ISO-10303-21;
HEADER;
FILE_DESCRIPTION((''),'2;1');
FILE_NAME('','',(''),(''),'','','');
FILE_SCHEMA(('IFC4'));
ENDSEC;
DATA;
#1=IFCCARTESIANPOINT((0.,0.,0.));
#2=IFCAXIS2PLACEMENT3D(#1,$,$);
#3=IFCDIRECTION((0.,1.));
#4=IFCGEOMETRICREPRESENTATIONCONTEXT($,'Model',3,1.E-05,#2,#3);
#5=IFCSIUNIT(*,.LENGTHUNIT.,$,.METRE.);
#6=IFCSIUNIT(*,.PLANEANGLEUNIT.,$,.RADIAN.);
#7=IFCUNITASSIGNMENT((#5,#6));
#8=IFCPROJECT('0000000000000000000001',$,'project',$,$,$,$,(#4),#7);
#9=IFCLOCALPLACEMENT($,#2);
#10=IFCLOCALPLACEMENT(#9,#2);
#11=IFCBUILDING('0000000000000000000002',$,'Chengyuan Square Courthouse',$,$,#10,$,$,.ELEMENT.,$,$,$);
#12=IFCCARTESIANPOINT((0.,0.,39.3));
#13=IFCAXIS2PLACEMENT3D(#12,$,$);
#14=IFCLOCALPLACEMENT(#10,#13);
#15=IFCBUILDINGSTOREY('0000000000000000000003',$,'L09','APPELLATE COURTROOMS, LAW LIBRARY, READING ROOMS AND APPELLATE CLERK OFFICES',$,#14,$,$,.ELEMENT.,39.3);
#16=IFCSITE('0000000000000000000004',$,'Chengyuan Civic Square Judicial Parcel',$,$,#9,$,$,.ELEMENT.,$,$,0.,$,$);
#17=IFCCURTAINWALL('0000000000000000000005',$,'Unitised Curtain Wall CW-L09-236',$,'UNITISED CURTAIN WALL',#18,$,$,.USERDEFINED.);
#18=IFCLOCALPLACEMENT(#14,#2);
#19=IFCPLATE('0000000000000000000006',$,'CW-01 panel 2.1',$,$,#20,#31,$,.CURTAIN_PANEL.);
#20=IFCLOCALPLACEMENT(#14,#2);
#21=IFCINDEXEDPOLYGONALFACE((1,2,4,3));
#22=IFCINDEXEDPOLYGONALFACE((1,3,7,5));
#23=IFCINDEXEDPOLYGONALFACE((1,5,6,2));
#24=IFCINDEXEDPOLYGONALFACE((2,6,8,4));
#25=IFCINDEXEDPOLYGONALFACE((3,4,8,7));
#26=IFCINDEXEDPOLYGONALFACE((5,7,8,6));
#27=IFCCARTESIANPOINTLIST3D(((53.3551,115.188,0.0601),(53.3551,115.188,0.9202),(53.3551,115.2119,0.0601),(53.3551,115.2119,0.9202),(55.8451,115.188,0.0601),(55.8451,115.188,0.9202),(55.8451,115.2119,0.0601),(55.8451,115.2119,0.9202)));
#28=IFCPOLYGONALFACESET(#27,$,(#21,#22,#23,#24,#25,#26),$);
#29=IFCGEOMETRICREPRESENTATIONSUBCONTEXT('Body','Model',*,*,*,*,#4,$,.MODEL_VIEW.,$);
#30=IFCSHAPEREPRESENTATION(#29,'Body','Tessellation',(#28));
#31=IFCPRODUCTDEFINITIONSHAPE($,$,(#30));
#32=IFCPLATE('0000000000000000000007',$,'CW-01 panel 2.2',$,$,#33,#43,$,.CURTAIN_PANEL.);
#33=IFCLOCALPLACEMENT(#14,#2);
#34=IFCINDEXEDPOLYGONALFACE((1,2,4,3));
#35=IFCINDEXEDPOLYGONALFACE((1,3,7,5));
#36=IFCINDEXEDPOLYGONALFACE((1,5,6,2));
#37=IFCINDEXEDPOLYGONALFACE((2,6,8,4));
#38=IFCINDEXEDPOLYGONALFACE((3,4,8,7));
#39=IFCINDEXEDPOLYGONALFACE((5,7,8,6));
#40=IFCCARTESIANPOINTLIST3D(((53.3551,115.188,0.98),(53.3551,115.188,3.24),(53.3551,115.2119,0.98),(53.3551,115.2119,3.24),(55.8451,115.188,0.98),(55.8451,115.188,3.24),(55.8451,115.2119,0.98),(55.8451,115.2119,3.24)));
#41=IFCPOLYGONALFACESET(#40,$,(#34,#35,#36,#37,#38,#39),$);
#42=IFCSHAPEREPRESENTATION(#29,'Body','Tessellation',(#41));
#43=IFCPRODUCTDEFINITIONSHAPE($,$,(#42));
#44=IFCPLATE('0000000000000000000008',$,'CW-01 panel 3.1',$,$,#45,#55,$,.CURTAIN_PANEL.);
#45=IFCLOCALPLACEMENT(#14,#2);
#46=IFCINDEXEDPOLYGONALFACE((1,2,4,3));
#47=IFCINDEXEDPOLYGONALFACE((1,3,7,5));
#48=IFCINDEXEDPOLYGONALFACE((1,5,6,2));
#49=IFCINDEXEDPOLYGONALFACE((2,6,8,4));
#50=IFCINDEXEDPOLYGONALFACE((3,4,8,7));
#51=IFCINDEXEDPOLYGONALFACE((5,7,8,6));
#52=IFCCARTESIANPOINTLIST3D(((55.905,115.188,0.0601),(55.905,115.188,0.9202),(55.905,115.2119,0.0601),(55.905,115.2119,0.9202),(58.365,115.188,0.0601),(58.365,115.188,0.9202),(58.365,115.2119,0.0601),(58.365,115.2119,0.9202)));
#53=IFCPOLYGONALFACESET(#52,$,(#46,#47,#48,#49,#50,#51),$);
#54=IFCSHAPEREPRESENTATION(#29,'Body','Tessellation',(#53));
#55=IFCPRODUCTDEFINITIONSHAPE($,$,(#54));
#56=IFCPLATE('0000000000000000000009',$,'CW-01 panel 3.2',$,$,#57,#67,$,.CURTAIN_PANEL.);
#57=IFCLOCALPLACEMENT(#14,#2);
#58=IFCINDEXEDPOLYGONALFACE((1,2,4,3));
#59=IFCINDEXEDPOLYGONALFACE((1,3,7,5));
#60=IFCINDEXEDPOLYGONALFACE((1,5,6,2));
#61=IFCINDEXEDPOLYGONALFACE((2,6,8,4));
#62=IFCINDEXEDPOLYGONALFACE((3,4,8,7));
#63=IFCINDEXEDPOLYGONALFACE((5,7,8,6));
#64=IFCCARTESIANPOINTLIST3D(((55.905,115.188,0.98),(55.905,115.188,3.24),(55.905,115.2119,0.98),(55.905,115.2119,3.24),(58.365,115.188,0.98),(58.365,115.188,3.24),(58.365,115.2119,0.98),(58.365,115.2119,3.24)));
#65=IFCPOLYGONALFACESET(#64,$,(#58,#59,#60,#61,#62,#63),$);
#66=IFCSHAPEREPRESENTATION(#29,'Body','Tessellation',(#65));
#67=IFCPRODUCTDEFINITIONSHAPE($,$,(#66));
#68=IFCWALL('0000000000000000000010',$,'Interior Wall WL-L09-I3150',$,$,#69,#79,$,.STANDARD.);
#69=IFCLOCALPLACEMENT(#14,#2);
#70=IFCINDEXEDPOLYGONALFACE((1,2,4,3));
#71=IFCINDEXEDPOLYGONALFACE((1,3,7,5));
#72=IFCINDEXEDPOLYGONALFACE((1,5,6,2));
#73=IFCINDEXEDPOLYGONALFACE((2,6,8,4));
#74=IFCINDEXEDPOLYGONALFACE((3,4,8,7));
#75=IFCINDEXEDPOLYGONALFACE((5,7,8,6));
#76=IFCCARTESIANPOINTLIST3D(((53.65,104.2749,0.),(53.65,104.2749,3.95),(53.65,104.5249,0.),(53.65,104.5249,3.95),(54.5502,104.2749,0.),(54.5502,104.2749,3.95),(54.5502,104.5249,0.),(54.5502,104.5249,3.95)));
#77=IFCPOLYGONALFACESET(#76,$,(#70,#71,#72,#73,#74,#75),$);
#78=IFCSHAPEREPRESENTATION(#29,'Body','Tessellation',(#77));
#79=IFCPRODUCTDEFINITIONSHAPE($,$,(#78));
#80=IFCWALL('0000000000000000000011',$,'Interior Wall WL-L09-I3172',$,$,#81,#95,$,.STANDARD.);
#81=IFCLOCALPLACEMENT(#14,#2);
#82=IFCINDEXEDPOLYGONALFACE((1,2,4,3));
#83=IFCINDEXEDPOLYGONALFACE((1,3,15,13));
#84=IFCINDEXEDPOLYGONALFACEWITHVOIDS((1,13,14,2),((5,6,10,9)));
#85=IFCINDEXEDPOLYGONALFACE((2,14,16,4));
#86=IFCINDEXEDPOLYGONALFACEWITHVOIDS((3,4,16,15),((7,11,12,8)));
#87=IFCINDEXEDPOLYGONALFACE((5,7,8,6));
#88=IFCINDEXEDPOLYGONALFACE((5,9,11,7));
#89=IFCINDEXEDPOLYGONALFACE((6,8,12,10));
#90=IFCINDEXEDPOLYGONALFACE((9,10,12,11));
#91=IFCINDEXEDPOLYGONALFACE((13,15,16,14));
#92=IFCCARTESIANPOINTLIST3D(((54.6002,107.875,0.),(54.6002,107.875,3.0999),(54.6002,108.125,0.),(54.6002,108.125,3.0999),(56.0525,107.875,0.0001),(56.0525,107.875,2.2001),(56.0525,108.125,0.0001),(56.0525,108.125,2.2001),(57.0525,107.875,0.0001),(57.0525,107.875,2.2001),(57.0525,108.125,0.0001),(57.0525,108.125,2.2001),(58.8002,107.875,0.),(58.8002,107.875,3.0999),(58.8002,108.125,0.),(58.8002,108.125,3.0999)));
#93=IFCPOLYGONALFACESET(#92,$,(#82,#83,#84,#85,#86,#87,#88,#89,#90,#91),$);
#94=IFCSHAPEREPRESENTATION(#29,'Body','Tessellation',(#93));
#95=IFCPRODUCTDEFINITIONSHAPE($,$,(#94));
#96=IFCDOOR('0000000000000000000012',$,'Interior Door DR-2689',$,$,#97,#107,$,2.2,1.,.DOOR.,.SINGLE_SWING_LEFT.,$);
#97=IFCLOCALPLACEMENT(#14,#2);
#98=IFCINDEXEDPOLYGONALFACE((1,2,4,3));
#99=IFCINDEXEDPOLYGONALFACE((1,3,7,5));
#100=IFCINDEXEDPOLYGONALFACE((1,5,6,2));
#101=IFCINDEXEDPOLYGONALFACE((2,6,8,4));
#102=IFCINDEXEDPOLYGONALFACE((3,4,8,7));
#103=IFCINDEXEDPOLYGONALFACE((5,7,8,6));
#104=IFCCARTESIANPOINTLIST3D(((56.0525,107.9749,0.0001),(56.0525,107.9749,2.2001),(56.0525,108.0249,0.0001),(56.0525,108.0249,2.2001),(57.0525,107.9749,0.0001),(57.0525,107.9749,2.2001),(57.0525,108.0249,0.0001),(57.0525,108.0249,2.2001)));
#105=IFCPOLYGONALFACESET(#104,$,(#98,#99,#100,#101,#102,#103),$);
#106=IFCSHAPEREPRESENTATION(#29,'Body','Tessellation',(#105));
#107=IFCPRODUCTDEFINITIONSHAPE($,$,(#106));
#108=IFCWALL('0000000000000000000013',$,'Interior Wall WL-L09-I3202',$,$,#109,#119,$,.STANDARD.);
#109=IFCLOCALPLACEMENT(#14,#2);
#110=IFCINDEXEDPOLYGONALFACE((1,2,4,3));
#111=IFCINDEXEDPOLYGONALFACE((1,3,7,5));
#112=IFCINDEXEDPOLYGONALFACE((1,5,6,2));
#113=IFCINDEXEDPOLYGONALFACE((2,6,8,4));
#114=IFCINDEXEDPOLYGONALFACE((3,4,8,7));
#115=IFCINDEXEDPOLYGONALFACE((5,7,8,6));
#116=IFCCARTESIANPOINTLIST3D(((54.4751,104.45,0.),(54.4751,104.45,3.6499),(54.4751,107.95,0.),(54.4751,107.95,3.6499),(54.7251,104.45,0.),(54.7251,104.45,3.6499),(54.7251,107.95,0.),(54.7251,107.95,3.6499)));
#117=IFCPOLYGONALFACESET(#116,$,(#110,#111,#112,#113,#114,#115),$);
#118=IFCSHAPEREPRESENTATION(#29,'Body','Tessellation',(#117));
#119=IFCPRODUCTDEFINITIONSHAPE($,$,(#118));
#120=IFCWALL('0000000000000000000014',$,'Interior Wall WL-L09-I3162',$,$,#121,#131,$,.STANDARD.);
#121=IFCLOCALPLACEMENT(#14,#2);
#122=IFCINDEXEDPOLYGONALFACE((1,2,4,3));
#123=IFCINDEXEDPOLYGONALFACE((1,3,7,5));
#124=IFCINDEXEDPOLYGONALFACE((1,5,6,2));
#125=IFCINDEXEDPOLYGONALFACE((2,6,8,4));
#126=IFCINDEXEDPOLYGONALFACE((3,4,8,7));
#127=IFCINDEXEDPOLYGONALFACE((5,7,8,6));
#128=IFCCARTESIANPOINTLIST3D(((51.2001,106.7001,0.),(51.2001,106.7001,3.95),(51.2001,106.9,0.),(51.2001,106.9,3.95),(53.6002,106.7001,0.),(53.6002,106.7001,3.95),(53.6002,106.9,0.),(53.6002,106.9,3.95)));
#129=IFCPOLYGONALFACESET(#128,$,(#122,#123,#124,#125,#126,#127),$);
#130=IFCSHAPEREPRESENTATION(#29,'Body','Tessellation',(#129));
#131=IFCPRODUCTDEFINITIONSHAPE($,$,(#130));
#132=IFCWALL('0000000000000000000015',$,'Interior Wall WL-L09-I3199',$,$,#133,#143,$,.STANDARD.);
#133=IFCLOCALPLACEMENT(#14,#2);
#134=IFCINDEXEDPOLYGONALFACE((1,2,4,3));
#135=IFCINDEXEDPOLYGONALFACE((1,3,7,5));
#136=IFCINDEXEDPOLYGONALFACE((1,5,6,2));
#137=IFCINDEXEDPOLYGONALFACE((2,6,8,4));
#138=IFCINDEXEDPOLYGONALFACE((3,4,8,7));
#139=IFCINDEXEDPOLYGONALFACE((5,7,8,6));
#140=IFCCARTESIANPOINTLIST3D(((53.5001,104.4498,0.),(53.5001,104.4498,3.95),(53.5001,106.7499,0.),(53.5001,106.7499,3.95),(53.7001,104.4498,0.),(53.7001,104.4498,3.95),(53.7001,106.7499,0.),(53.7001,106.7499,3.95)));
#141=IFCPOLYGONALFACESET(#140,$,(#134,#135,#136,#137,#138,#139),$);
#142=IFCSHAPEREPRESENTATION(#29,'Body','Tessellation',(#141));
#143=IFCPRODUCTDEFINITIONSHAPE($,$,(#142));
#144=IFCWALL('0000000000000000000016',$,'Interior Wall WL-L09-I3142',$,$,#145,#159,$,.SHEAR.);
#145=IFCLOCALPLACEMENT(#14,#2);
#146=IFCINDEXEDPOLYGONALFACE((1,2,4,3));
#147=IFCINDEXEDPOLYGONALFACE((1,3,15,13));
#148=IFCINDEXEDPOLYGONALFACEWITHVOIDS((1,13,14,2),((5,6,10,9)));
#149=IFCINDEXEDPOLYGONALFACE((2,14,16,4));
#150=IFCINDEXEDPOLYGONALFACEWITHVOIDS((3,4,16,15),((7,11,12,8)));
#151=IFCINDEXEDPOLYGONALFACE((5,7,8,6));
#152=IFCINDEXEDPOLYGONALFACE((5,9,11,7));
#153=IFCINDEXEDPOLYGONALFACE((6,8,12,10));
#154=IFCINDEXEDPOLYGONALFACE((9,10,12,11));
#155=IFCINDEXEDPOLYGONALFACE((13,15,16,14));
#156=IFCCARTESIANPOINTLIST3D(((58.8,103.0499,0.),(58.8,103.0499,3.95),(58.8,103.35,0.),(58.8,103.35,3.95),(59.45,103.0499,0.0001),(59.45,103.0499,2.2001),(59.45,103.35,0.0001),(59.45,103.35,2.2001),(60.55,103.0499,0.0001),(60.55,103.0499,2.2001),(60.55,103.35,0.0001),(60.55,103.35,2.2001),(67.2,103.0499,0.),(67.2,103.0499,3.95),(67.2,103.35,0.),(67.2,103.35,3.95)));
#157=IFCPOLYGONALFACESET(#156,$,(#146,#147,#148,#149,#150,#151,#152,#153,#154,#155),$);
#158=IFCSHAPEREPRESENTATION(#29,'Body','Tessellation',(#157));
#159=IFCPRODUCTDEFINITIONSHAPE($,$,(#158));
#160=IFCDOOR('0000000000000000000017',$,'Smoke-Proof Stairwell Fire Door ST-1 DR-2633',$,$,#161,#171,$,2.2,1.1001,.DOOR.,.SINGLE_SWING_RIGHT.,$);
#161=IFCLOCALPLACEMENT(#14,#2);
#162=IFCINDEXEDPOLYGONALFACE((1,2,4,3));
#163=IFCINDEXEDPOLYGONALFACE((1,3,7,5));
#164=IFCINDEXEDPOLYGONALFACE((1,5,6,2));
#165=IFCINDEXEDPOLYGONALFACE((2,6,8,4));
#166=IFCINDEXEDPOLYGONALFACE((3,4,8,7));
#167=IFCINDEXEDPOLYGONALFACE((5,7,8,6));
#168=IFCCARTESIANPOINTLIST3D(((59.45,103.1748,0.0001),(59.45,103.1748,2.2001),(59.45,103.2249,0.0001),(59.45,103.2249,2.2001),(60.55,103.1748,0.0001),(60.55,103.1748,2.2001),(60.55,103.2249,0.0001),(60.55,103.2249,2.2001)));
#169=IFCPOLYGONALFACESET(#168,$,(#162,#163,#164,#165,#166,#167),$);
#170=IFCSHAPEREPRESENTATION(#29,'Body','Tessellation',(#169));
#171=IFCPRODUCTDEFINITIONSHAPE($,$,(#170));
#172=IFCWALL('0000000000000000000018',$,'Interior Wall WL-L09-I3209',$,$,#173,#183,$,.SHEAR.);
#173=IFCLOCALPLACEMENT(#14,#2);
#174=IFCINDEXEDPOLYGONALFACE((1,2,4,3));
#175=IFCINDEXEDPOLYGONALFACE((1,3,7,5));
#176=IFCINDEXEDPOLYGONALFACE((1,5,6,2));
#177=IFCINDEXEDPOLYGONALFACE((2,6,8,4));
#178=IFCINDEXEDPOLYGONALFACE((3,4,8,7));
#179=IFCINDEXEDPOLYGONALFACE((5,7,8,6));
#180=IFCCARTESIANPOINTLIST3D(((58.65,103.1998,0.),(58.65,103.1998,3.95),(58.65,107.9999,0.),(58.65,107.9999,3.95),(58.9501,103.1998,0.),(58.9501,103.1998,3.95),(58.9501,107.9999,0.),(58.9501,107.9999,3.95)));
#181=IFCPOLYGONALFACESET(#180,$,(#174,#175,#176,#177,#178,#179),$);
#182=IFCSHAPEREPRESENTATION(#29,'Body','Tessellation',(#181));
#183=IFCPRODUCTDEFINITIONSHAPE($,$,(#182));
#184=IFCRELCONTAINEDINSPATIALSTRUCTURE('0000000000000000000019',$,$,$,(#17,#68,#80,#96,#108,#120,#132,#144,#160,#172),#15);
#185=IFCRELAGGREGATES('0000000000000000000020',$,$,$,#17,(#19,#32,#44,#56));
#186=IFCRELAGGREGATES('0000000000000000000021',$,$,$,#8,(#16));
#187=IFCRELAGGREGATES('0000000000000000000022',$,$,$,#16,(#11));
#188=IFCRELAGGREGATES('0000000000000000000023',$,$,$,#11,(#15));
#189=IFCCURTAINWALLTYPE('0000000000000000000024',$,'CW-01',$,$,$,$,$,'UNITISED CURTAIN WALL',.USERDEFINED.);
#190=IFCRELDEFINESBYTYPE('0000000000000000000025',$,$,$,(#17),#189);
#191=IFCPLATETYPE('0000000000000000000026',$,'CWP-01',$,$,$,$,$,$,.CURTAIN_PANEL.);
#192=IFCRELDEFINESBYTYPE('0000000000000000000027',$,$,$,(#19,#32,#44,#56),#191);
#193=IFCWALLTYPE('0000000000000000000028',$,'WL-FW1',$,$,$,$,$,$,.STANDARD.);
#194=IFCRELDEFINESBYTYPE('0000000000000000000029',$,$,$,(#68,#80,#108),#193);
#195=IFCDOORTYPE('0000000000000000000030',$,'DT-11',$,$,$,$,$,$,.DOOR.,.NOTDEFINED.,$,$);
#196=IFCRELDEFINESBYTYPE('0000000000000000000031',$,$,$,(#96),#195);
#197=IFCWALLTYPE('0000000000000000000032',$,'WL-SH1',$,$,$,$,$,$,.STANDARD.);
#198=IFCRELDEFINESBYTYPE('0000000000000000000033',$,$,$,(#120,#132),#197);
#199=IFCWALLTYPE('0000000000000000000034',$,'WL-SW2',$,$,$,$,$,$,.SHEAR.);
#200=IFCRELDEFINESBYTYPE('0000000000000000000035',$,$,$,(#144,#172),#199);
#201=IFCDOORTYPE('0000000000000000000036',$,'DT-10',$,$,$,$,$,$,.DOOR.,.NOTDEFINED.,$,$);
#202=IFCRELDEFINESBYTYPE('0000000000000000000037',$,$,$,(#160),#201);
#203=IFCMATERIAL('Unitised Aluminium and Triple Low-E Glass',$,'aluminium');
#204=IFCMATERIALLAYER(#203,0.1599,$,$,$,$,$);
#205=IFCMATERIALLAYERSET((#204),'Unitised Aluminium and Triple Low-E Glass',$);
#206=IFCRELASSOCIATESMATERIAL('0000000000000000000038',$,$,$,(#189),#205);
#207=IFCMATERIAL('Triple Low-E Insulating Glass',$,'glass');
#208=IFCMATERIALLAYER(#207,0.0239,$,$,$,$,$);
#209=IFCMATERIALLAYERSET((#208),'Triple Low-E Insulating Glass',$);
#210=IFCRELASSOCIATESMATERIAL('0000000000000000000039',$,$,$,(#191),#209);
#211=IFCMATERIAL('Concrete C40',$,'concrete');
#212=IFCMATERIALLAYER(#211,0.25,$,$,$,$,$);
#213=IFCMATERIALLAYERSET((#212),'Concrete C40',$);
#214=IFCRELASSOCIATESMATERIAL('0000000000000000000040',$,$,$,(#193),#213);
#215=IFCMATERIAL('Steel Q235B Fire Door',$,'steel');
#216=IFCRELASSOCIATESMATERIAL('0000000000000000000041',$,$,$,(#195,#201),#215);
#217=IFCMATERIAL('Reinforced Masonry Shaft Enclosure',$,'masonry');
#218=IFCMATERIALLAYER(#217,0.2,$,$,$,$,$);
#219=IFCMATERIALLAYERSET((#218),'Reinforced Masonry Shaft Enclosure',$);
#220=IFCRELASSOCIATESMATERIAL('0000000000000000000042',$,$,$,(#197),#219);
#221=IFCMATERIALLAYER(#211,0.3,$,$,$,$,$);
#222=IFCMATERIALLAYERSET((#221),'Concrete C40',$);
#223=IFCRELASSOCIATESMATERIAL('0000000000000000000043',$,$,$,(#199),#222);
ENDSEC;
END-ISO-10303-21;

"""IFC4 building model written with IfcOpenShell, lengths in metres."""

from ifc_helpers import new_model, si_unit, direction, frame, frame_2d, origin, origin_2d, place, context, subcontext, project, spatial, rectangle, extrude, material, layer, layer_set, type_object, element, fill, aggregate, save


model = new_model("IFC4")

# Units and contexts
model_context = context("Model", 3, precision=1e-05, world=origin(), true_north=direction((0.0, 1.0)))
body_context = subcontext(model_context, "Body", "Model", "MODEL_VIEW")
ifc_project = project(units=[si_unit("LENGTHUNIT", "METRE"), si_unit("PLANEANGLEUNIT", "RADIAN")], contexts=[model_context])

# Site, building, storey
site_placement = place(None, origin())
site = spatial("IfcSite", under=ifc_project, at=site_placement, Name="Chengyuan Civic Square Judicial Parcel", CompositionType="ELEMENT", RefElevation=0.0)
building_placement = place(site_placement, origin())
building = spatial("IfcBuilding", under=site, at=building_placement, Name="Chengyuan Square Courthouse", CompositionType="ELEMENT")
storey_placement = place(building_placement, frame((0.0, 0.0, 39.3)))
storey = spatial("IfcBuildingStorey", under=building, at=storey_placement, Name="L09", Description="APPELLATE COURTROOMS, LAW LIBRARY, READING ROOMS AND APPELLATE CLERK OFFICES", CompositionType="ELEMENT", Elevation=39.3)

# Shared definitions
ifc_material_1 = material(Name="Concrete C40", Category="concrete")

# Curtain wall, plates
ifc_material_2 = material(Name="Unitised Aluminium and Triple Low-E Glass", Category="aluminium")
ifc_layer_1 = layer(ifc_material_2, 0.1599)
ifc_layer_set_1 = layer_set([ifc_layer_1], Name="Unitised Aluminium and Triple Low-E Glass")
curtain_wall_type = type_object("IfcCurtainWallType", Name="CW-01", ElementType="UNITISED CURTAIN WALL", PredefinedType="USERDEFINED", material=ifc_layer_set_1)
curtain_wall_placement = place(storey_placement, origin())
curtain_wall = element("IfcCurtainWall", 1, at=curtain_wall_placement, inside=storey, type_object=curtain_wall_type, Name="Unitised Curtain Wall CW-L09-236", ObjectType="UNITISED CURTAIN WALL", PredefinedType="USERDEFINED")
ifc_material_3 = material(Name="Triple Low-E Insulating Glass", Category="glass")
ifc_layer_2 = layer(ifc_material_3, 0.0239)
ifc_layer_set_2 = layer_set([ifc_layer_2], Name="Triple Low-E Insulating Glass")
plate_type = type_object("IfcPlateType", Name="CWP-01", PredefinedType="CURTAIN_PANEL", material=ifc_layer_set_2)
plate_1_placement = place(storey_placement, frame((54.6001, 115.2, 0.0601), z_axis=(0.0, 0.0, 1.0), x_axis=(1.0, 0.0, 0.0)))
plate_1 = element("IfcPlate", 2, at=plate_1_placement, type_object=plate_type, Name="CW-01 panel 2.1", PredefinedType="CURTAIN_PANEL", context=body_context, shape_type="SweptSolid", body=[
    extrude(rectangle(XDim=2.49, YDim=0.0239, at=origin_2d()), origin(), (0.0, 0.0, 1.0), 0.8601),
])
plate_2_placement = place(storey_placement, frame((54.6001, 115.2, 0.98), z_axis=(0.0, 0.0, 1.0), x_axis=(1.0, 0.0, 0.0)))
plate_2 = element("IfcPlate", 3, at=plate_2_placement, type_object=plate_type, Name="CW-01 panel 2.2", PredefinedType="CURTAIN_PANEL", context=body_context, shape_type="SweptSolid", body=[
    extrude(rectangle(XDim=2.49, YDim=0.0239, at=origin_2d()), origin(), (0.0, 0.0, 1.0), 2.26),
])
plate_3_placement = place(storey_placement, frame((57.135, 115.2, 0.0601), z_axis=(0.0, 0.0, 1.0), x_axis=(1.0, 0.0, 0.0)))
plate_3 = element("IfcPlate", 4, at=plate_3_placement, type_object=plate_type, Name="CW-01 panel 3.1", PredefinedType="CURTAIN_PANEL", context=body_context, shape_type="SweptSolid", body=[
    extrude(rectangle(XDim=2.46, YDim=0.0239, at=origin_2d()), origin(), (0.0, 0.0, 1.0), 0.8601),
])
plate_4_placement = place(storey_placement, frame((57.135, 115.2, 0.98), z_axis=(0.0, 0.0, 1.0), x_axis=(1.0, 0.0, 0.0)))
plate_4 = element("IfcPlate", 5, at=plate_4_placement, type_object=plate_type, Name="CW-01 panel 3.2", PredefinedType="CURTAIN_PANEL", context=body_context, shape_type="SweptSolid", body=[
    extrude(rectangle(XDim=2.46, YDim=0.0239, at=origin_2d()), origin(), (0.0, 0.0, 1.0), 2.26),
])
aggregate(curtain_wall, [plate_1, plate_2, plate_3, plate_4])

# Wall
ifc_layer_3 = layer(ifc_material_1, 0.25)
ifc_layer_set_3 = layer_set([ifc_layer_3], Name="Concrete C40")
wall_type_1 = type_object("IfcWallType", Name="WL-FW1", PredefinedType="STANDARD", material=ifc_layer_set_3)
wall_1_placement = place(storey_placement, frame((53.6499, 104.3999, 0.0), z_axis=(0.0, 0.0, 1.0), x_axis=(1.0, 0.0, 0.0)))
element("IfcWall", 6, at=wall_1_placement, inside=storey, type_object=wall_type_1, Name="Interior Wall WL-L09-I3150", PredefinedType="STANDARD", context=body_context, shape_type="SweptSolid", body=[
    extrude(rectangle(XDim=0.9001, YDim=0.25, at=frame_2d((0.4502, 0.0))), origin(), (0.0, 0.0, 1.0), 3.95),
])

# Wall, opening, door
wall_2_placement = place(storey_placement, frame((54.6001, 108.0, 0.0), z_axis=(0.0, 0.0, 1.0), x_axis=(1.0, 0.0, 0.0)))
wall_2 = element("IfcWall", 7, at=wall_2_placement, inside=storey, type_object=wall_type_1, Name="Interior Wall WL-L09-I3172", PredefinedType="STANDARD", context=body_context, shape_type="SweptSolid", body=[
    extrude(rectangle(XDim=4.2, YDim=0.25, at=frame_2d((2.1001, 0.0))), origin(), (0.0, 0.0, 1.0), 3.0999),
])
opening_1_placement = place(wall_2_placement, frame((1.4524, 0.0, 0.0)))
opening_1 = element("IfcOpeningElement", 8, at=opening_1_placement, cuts=wall_2, PredefinedType="OPENING", context=body_context, shape_type="SweptSolid", body=[
    extrude(rectangle(XDim=1.0, YDim=2.2, at=frame_2d((0.5, 1.1001))), frame((0.0, 0.137, 0.0), z_axis=(0.0, -1.0, 0.0), x_axis=(1.0, 0.0, 0.0)), (0.0, 0.0, 1.0), 0.2739),
])
ifc_material_4 = material(Name="Steel Q235B Fire Door", Category="steel")
door_type_1 = type_object("IfcDoorType", Name="DT-11", OperationType="NOTDEFINED", PredefinedType="DOOR", material=ifc_material_4)
door_1_placement = place(opening_1_placement, origin())
door_1 = element("IfcDoor", 9, at=door_1_placement, inside=storey, type_object=door_type_1, Name="Interior Door DR-2689", OperationType="SINGLE_SWING_LEFT", OverallHeight=2.2, OverallWidth=1.0, PredefinedType="DOOR", context=body_context, shape_type="SweptSolid", body=[
    extrude(rectangle(XDim=1.0, YDim=2.2, at=frame_2d((0.5, 1.1001))), frame((0.0, 0.0249, 0.0), z_axis=(0.0, -1.0, 0.0), x_axis=(1.0, 0.0, 0.0)), (0.0, 0.0, 1.0), 0.05),
])
fill(opening_1, door_1)

# Walls
wall_3_placement = place(storey_placement, frame((54.6001, 104.45, 0.0), z_axis=(0.0, 0.0, 1.0), x_axis=(0.0, 1.0, 0.0)))
element("IfcWall", 10, at=wall_3_placement, inside=storey, type_object=wall_type_1, Name="Interior Wall WL-L09-I3202", PredefinedType="STANDARD", context=body_context, shape_type="SweptSolid", body=[
    extrude(rectangle(XDim=3.5, YDim=0.25, at=frame_2d((1.75, 0.0))), origin(), (0.0, 0.0, 1.0), 3.6499),
])
ifc_material_5 = material(Name="Reinforced Masonry Shaft Enclosure", Category="masonry")
ifc_layer_4 = layer(ifc_material_5, 0.2)
ifc_layer_set_4 = layer_set([ifc_layer_4], Name="Reinforced Masonry Shaft Enclosure")
wall_type_2 = type_object("IfcWallType", Name="WL-SH1", PredefinedType="STANDARD", material=ifc_layer_set_4)
wall_4_placement = place(storey_placement, frame((51.2, 106.8, 0.0), z_axis=(0.0, 0.0, 1.0), x_axis=(1.0, 0.0, 0.0)))
element("IfcWall", 11, at=wall_4_placement, inside=storey, type_object=wall_type_2, Name="Interior Wall WL-L09-I3162", PredefinedType="STANDARD", context=body_context, shape_type="SweptSolid", body=[
    extrude(rectangle(XDim=2.4001, YDim=0.2, at=frame_2d((1.2002, 0.0))), origin(), (0.0, 0.0, 1.0), 3.95),
])
wall_5_placement = place(storey_placement, frame((53.6001, 104.45, 0.0), z_axis=(0.0, 0.0, 1.0), x_axis=(0.0, 1.0, 0.0)))
element("IfcWall", 12, at=wall_5_placement, inside=storey, type_object=wall_type_2, Name="Interior Wall WL-L09-I3199", PredefinedType="STANDARD", context=body_context, shape_type="SweptSolid", body=[
    extrude(rectangle(XDim=2.3, YDim=0.2, at=frame_2d((1.1499, 0.0))), origin(), (0.0, 0.0, 1.0), 3.95),
])

# Wall, opening, door
ifc_layer_5 = layer(ifc_material_1, 0.3)
ifc_layer_set_5 = layer_set([ifc_layer_5], Name="Concrete C40")
wall_type_3 = type_object("IfcWallType", Name="WL-SW2", PredefinedType="SHEAR", material=ifc_layer_set_5)
wall_6_placement = place(storey_placement, frame((58.8, 103.2, 0.0), z_axis=(0.0, 0.0, 1.0), x_axis=(1.0, 0.0, 0.0)))
wall_6 = element("IfcWall", 13, at=wall_6_placement, inside=storey, type_object=wall_type_3, Name="Interior Wall WL-L09-I3142", PredefinedType="SHEAR", context=body_context, shape_type="SweptSolid", body=[
    extrude(rectangle(XDim=8.3999, YDim=0.3, at=frame_2d((4.2, 0.0))), origin(), (0.0, 0.0, 1.0), 3.95),
])
opening_2_placement = place(wall_6_placement, frame((0.6499, 0.0, 0.0)))
opening_2 = element("IfcOpeningElement", 14, at=opening_2_placement, cuts=wall_6, PredefinedType="OPENING", context=body_context, shape_type="SweptSolid", body=[
    extrude(rectangle(XDim=1.1001, YDim=2.2, at=frame_2d((0.55, 1.1001))), frame((0.0, 0.1621, 0.0), z_axis=(0.0, -1.0, 0.0), x_axis=(1.0, 0.0, 0.0)), (0.0, 0.0, 1.0), 0.324),
])
door_type_2 = type_object("IfcDoorType", Name="DT-10", OperationType="NOTDEFINED", PredefinedType="DOOR", material=ifc_material_4)
door_2_placement = place(opening_2_placement, origin())
door_2 = element("IfcDoor", 15, at=door_2_placement, inside=storey, type_object=door_type_2, Name="Smoke-Proof Stairwell Fire Door ST-1 DR-2633", OperationType="SINGLE_SWING_RIGHT", OverallHeight=2.2, OverallWidth=1.1001, PredefinedType="DOOR", context=body_context, shape_type="SweptSolid", body=[
    extrude(rectangle(XDim=1.1001, YDim=2.2, at=frame_2d((0.55, 1.1001))), frame((0.0, 0.0249, 0.0), z_axis=(0.0, -1.0, 0.0), x_axis=(1.0, 0.0, 0.0)), (0.0, 0.0, 1.0), 0.05),
])
fill(opening_2, door_2)

# Wall
wall_7_placement = place(storey_placement, frame((58.8, 103.2, 0.0), z_axis=(0.0, 0.0, 1.0), x_axis=(0.0, 1.0, 0.0)))
element("IfcWall", 16, at=wall_7_placement, inside=storey, type_object=wall_type_3, Name="Interior Wall WL-L09-I3209", PredefinedType="SHEAR", context=body_context, shape_type="SweptSolid", body=[
    extrude(rectangle(XDim=4.8, YDim=0.3, at=frame_2d((2.3999, 0.0))), origin(), (0.0, 0.0, 1.0), 3.95),
])

save(model, "model.ifc")
